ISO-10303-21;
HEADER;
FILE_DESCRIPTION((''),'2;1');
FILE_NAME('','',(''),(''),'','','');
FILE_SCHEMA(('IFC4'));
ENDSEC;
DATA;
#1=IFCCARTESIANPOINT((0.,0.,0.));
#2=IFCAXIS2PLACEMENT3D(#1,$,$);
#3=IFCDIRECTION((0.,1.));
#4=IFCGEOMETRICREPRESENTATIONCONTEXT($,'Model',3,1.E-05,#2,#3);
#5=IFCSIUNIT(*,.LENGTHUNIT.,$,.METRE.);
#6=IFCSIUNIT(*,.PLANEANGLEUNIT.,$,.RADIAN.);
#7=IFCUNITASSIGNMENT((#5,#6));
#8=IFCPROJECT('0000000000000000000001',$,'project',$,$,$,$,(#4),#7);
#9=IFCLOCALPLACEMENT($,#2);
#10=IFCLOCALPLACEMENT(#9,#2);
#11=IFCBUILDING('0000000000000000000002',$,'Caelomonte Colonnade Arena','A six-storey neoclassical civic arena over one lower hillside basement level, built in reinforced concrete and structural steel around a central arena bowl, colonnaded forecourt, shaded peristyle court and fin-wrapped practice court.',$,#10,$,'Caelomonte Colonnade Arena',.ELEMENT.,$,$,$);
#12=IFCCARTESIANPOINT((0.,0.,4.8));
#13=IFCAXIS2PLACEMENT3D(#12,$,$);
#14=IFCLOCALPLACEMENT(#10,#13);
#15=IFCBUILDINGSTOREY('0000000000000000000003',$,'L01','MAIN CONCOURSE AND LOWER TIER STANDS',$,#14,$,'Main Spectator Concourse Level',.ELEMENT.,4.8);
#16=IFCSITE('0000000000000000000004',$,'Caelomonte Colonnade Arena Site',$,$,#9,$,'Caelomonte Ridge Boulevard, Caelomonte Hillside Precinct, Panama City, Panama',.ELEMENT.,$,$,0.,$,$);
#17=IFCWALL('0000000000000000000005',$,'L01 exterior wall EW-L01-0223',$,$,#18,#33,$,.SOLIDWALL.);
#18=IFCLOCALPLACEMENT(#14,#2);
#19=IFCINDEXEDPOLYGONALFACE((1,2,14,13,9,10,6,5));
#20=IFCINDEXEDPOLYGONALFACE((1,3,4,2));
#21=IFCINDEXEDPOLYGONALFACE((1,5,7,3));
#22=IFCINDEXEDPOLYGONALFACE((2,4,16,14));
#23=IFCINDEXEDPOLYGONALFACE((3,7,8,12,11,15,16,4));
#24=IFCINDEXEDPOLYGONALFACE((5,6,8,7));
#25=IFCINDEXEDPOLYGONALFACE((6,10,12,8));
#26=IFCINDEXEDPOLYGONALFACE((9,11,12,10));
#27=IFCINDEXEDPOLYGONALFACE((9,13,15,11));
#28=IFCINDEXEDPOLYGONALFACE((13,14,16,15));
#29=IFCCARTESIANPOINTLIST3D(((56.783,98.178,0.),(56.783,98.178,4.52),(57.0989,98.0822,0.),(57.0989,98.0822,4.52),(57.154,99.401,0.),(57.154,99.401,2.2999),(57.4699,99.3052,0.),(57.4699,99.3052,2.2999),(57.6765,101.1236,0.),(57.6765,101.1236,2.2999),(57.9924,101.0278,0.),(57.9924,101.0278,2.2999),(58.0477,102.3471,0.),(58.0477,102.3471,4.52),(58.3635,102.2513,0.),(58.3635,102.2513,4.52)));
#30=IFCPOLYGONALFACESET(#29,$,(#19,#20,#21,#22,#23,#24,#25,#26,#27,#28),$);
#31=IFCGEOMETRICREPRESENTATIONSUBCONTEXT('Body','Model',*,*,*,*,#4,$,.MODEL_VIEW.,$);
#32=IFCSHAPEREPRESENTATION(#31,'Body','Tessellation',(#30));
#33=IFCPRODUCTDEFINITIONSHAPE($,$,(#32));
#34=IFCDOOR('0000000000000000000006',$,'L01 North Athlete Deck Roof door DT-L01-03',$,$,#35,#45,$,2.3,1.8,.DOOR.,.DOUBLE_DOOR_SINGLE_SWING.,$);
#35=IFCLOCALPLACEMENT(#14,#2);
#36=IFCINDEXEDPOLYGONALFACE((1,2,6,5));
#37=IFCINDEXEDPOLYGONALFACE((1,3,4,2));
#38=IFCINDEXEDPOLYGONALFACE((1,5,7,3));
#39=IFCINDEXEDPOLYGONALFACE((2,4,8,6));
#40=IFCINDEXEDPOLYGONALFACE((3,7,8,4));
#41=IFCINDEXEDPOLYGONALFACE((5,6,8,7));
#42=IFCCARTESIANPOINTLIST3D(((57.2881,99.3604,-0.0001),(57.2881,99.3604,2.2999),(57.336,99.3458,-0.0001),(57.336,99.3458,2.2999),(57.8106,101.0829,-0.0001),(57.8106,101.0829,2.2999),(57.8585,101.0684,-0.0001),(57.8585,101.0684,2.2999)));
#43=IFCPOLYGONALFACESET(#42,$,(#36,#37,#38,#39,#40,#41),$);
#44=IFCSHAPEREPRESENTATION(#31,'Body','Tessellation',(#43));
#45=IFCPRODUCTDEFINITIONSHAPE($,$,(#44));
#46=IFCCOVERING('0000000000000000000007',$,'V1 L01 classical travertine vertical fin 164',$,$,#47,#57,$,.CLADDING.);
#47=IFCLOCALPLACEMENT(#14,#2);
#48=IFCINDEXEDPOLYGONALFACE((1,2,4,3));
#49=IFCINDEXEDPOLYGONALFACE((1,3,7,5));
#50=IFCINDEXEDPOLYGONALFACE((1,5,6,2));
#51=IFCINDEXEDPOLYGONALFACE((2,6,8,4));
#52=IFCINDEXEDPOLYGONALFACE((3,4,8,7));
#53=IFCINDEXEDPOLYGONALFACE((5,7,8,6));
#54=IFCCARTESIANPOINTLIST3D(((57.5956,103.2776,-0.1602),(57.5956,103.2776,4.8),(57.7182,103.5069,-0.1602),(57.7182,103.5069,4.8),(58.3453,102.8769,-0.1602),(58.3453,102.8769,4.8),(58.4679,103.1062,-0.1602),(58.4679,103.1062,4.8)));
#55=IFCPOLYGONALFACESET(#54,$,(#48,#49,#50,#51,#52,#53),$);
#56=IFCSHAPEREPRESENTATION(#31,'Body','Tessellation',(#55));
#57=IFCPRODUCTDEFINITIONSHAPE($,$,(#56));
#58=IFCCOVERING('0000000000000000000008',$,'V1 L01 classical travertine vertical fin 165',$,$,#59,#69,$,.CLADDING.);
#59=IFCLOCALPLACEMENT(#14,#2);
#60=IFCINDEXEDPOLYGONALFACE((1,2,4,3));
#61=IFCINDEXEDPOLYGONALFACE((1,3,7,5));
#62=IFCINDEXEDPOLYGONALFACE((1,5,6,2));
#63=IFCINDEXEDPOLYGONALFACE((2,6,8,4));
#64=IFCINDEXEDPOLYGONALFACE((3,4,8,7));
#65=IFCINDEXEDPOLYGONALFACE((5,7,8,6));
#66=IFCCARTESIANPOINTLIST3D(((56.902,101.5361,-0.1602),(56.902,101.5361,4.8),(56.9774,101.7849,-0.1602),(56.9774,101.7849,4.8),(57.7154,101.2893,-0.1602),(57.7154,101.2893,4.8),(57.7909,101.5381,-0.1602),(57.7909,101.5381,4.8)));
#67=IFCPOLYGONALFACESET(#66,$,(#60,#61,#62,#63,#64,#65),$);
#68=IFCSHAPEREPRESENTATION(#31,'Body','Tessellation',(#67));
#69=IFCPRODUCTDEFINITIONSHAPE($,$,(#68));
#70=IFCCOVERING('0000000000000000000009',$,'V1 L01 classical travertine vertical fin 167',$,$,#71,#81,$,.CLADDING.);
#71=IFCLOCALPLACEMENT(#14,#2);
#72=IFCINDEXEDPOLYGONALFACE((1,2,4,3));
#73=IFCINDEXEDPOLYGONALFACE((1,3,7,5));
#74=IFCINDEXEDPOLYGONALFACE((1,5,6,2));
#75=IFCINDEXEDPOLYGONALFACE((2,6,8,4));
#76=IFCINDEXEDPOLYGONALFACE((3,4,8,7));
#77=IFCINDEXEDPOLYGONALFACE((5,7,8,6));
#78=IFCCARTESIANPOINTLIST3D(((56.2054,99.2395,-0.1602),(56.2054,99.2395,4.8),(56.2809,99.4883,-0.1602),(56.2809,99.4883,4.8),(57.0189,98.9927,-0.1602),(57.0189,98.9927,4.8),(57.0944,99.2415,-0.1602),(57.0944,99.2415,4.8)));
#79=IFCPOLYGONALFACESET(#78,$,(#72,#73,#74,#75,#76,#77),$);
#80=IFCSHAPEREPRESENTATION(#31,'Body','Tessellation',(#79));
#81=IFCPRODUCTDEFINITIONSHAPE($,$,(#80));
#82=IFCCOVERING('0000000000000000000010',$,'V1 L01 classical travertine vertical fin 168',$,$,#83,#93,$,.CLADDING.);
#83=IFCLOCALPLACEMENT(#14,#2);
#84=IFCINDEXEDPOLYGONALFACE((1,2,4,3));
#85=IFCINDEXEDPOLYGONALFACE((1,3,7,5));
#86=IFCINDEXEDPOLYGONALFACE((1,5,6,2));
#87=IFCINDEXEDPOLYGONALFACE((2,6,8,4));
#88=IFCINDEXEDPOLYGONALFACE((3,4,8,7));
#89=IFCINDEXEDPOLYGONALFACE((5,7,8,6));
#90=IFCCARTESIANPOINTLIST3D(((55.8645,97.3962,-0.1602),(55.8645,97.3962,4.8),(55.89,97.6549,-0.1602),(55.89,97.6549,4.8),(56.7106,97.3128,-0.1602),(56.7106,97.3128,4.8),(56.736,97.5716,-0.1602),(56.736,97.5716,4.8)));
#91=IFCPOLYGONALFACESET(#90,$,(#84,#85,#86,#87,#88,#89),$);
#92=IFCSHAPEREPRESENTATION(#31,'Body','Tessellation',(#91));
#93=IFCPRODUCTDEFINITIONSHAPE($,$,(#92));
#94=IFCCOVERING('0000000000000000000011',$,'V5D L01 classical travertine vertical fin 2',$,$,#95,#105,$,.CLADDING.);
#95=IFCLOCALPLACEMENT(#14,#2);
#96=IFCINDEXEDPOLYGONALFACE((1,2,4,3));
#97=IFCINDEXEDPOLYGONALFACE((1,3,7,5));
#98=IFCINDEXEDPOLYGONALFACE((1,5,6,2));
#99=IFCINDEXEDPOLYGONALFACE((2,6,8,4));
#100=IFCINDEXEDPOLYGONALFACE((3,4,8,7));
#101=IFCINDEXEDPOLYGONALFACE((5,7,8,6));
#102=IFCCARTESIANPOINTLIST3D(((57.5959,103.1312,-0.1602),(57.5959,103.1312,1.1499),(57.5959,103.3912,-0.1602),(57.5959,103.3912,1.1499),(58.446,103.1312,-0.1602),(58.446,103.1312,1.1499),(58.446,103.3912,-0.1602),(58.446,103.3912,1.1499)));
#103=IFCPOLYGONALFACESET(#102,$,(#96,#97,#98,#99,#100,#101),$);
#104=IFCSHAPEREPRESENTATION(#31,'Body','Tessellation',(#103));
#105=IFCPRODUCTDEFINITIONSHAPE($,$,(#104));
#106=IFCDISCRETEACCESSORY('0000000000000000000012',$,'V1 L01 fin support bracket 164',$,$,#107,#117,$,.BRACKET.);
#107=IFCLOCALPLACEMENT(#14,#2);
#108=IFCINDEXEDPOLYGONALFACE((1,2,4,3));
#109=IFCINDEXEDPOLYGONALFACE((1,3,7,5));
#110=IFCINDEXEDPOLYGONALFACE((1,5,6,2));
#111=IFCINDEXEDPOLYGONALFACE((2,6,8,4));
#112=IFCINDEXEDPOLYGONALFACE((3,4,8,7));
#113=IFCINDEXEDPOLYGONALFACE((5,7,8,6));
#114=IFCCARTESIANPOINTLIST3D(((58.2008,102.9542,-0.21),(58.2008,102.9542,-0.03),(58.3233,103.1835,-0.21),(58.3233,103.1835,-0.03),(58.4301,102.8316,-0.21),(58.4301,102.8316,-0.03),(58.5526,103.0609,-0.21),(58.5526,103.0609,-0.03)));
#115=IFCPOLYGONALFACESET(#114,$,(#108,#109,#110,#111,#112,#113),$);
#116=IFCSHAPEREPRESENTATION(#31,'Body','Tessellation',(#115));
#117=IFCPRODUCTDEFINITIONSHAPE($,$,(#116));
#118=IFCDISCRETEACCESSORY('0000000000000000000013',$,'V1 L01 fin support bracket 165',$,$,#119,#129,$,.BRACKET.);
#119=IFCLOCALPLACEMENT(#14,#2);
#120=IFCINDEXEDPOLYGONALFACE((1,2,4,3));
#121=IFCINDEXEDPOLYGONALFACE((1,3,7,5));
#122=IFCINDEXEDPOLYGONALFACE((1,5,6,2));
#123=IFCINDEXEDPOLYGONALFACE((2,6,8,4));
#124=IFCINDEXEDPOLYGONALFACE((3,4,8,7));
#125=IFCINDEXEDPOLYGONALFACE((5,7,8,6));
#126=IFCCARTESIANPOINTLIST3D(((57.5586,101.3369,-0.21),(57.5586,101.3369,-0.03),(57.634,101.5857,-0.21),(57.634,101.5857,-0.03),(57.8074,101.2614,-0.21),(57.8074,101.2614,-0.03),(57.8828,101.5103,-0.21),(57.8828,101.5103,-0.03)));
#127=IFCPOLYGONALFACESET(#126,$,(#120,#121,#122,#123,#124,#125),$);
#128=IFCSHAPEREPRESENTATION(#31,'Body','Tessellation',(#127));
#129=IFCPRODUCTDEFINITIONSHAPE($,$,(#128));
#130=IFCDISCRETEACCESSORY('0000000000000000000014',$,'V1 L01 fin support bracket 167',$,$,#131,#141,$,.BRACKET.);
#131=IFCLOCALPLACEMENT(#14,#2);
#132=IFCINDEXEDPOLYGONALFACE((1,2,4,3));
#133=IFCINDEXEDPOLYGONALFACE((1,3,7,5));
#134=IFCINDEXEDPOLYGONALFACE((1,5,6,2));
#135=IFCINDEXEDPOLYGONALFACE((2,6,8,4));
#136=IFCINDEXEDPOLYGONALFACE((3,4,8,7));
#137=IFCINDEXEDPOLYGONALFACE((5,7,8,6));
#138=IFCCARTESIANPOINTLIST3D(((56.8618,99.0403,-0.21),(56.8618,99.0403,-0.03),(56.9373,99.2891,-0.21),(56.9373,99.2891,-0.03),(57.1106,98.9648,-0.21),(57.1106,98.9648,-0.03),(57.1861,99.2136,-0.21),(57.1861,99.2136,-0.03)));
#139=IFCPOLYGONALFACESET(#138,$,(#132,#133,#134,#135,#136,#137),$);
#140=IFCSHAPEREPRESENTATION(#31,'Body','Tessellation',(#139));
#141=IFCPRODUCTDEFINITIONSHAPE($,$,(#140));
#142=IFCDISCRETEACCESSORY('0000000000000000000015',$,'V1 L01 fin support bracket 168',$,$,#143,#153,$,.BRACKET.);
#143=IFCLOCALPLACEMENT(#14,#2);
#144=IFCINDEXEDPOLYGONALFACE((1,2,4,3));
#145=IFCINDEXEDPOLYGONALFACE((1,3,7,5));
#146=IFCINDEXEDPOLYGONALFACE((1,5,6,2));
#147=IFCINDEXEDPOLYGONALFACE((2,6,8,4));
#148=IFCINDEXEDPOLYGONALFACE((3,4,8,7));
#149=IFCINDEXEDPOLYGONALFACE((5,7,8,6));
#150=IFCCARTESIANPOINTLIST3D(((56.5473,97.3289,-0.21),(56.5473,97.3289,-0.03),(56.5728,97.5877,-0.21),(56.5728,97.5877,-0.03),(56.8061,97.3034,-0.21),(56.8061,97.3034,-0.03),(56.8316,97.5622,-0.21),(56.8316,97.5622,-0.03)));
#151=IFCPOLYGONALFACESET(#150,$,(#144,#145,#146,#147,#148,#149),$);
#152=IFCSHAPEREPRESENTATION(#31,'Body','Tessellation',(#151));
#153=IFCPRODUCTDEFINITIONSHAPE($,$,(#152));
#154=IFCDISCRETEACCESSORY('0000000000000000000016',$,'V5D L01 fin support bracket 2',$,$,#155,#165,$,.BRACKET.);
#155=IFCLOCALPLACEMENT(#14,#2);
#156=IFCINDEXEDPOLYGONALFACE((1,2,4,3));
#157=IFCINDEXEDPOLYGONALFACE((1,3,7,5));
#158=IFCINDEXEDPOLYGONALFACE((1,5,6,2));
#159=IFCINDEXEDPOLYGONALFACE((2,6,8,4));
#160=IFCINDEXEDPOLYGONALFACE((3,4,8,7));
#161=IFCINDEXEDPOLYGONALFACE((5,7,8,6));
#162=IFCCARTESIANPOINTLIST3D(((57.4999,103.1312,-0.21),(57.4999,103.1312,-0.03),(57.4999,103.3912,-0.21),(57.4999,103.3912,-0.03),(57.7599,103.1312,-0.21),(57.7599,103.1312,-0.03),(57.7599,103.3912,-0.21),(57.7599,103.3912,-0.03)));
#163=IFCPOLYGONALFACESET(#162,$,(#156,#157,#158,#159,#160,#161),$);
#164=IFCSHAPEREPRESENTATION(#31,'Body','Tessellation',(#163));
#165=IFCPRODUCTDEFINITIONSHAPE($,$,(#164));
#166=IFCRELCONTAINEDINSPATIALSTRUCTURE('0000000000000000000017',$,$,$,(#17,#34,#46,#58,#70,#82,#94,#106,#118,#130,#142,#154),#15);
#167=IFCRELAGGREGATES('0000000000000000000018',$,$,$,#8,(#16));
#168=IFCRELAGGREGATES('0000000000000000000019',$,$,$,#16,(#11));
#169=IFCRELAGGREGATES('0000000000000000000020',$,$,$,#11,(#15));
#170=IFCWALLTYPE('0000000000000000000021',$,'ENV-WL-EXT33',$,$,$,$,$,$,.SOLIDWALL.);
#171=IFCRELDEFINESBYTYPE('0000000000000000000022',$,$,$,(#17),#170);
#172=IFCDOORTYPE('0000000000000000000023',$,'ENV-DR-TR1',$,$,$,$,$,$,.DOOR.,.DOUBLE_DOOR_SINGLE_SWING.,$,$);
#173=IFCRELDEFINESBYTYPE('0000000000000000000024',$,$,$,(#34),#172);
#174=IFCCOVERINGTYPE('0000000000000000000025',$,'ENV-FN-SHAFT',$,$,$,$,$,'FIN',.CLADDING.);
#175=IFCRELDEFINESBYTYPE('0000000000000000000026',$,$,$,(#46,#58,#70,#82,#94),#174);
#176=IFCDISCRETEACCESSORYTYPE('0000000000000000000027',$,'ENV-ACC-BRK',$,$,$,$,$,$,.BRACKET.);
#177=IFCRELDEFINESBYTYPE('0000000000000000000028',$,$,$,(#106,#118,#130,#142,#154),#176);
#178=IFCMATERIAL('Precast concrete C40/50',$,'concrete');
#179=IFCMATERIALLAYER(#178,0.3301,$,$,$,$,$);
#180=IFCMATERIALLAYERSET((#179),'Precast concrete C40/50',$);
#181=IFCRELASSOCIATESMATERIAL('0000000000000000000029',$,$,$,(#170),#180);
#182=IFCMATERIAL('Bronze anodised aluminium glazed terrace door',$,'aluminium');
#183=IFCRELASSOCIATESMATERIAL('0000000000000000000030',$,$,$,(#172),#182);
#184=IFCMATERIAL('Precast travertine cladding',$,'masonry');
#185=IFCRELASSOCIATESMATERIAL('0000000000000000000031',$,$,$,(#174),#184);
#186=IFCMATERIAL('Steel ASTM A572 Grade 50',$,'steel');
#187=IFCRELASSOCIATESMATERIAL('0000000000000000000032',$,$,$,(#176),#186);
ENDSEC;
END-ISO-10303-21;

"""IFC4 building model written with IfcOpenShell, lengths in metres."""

from ifc_helpers import new_model, si_unit, direction, frame, frame_2d, origin, origin_2d, place, context, subcontext, project, spatial, rectangle, extrude, material, layer, layer_set, material_profile, profile_set, type_object, element, fill, save


model = new_model("IFC4")

# Units and contexts
model_context = context("Model", 3, precision=1e-05, world=origin(), true_north=direction((0.0, 1.0)))
body_context = subcontext(model_context, "Body", "Model", "MODEL_VIEW")
ifc_project = project(units=[si_unit("LENGTHUNIT", "METRE"), si_unit("PLANEANGLEUNIT", "RADIAN")], contexts=[model_context])

# Site, building, storey
site_placement = place(None, origin())
site = spatial("IfcSite", under=ifc_project, at=site_placement, Name="Caelomonte Colonnade Arena Site", LongName="Caelomonte Ridge Boulevard, Caelomonte Hillside Precinct, Panama City, Panama", CompositionType="ELEMENT", RefElevation=0.0)
building_placement = place(site_placement, origin())
building = spatial("IfcBuilding", under=site, at=building_placement, Name="Caelomonte Colonnade Arena", Description="A six-storey neoclassical civic arena over one lower hillside basement level, built in reinforced concrete and structural steel around a central arena bowl, colonnaded forecourt, shaded peristyle court and fin-wrapped practice court.", LongName="Caelomonte Colonnade Arena", CompositionType="ELEMENT")
storey_placement = place(building_placement, frame((0.0, 0.0, 4.8)))
storey = spatial("IfcBuildingStorey", under=building, at=storey_placement, Name="L01", Description="MAIN CONCOURSE AND LOWER TIER STANDS", LongName="Main Spectator Concourse Level", CompositionType="ELEMENT", Elevation=4.8)

# Wall, opening, door
ifc_material_1 = material(Name="Precast concrete C40/50", Category="concrete")
ifc_layer_1 = layer(ifc_material_1, 0.3301)
ifc_layer_set_1 = layer_set([ifc_layer_1], Name="Precast concrete C40/50")
wall_type = type_object("IfcWallType", Name="ENV-WL-EXT33", PredefinedType="SOLIDWALL", material=ifc_layer_set_1)
wall_placement = place(storey_placement, frame((58.2056, 102.2991, 0.0), z_axis=(0.0, 0.0, 1.0), x_axis=(-0.290272, -0.956944, 0.0)))
wall = element("IfcWall", 1, at=wall_placement, inside=storey, type_object=wall_type, Name="L01 exterior wall EW-L01-0223", PredefinedType="SOLIDWALL", context=body_context, shape_type="SweptSolid", body=[
    extrude(rectangle(XDim=4.3567, YDim=0.3301, at=frame_2d((2.1782, 0.0))), origin(), (0.0, 0.0, 1.0), 4.52),
])
opening_placement = place(wall_placement, frame((3.0784, 0.0, 0.0), z_axis=(0.0, 0.0, 1.0), x_axis=(-1.0, 0.0, 0.0)))
opening = element("IfcOpeningElement", 2, at=opening_placement, cuts=wall, PredefinedType="OPENING", context=body_context, shape_type="SweptSolid", body=[
    extrude(rectangle(XDim=1.8, YDim=2.3, at=frame_2d((0.8999, 1.1499))), frame((0.0, 0.175, 0.0), z_axis=(0.0, -1.0, 0.0), x_axis=(1.0, 0.0, 0.0)), (0.0, 0.0, 1.0), 0.3501),
])
ifc_material_2 = material(Name="Bronze anodised aluminium glazed terrace door", Category="aluminium")
door_type = type_object("IfcDoorType", Name="ENV-DR-TR1", OperationType="DOUBLE_DOOR_SINGLE_SWING", PredefinedType="DOOR", material=ifc_material_2)
door_placement = place(opening_placement, origin())
door = element("IfcDoor", 3, at=door_placement, inside=storey, type_object=door_type, Name="L01 North Athlete Deck Roof door DT-L01-03", OperationType="DOUBLE_DOOR_SINGLE_SWING", OverallHeight=2.3, OverallWidth=1.8, PredefinedType="DOOR", context=body_context, shape_type="SweptSolid", body=[
    extrude(rectangle(XDim=1.8, YDim=2.3, at=frame_2d((0.8999, 1.1499))), frame((0.0, 0.0249, 0.0), z_axis=(0.0, -1.0, 0.0), x_axis=(1.0, 0.0, 0.0)), (0.0, 0.0, 1.0), 0.05),
])
fill(opening, door)

# Coverings
ifc_material_3 = material(Name="Precast travertine cladding", Category="masonry")
ifc_material_profile_1 = material_profile(ifc_material_3, rectangle(XDim=0.26, YDim=0.8501, at=origin_2d()), Name="FIN260X850")
ifc_profile_set_1 = profile_set([ifc_material_profile_1], Name="Precast travertine cladding")
covering_type = type_object("IfcCoveringType", Name="ENV-FN-SHAFT", ElementType="FIN", PredefinedType="CLADDING", material=ifc_profile_set_1)
for number, where, z_axis, x_axis, name in (
    (4, (58.0317, 103.1919, -0.1602), (0.0, 0.0, 1.0), (0.471397, 0.881921, 0.0), "V1 L01 classical travertine vertical fin 164"),
    (5, (57.3464, 101.5371, -0.1602), (0.0, 0.0, 1.0), (0.290276, 0.956943, 0.0), "V1 L01 classical travertine vertical fin 165"),
    (6, (56.6499, 99.2405, -0.1602), (0.0, 0.0, 1.0), (0.290276, 0.956943, 0.0), "V1 L01 classical travertine vertical fin 167"),
    (7, (56.3003, 97.4839, -0.1602), (0.0, 0.0, 1.0), (0.098015, 0.995185, 0.0), "V1 L01 classical travertine vertical fin 168"),
):
    element("IfcCovering", number, at=place(storey_placement, frame(where, z_axis=z_axis, x_axis=x_axis)), inside=storey, type_object=covering_type, Name=name, PredefinedType="CLADDING", context=body_context, shape_type="SweptSolid", body=[
        extrude(rectangle(XDim=0.26, YDim=0.8501, at=origin_2d()), origin(), (0.0, 0.0, 1.0), 4.9602),
    ])
covering_placement = place(storey_placement, frame((58.021, 103.2612, -0.1602), z_axis=(0.0, 0.0, 1.0), x_axis=(0.0, -1.0, 0.0)))
element("IfcCovering", 8, at=covering_placement, inside=storey, type_object=covering_type, Name="V5D L01 classical travertine vertical fin 2", PredefinedType="CLADDING", context=body_context, shape_type="SweptSolid", body=[
    extrude(rectangle(XDim=0.26, YDim=0.8501, at=origin_2d()), origin(), (0.0, 0.0, 1.0), 1.3101),
])

# Discrete accessories
ifc_material_4 = material(Name="Steel ASTM A572 Grade 50", Category="steel")
discrete_accessory_type = type_object("IfcDiscreteAccessoryType", Name="ENV-ACC-BRK", PredefinedType="BRACKET", material=ifc_material_4)
for number, where, z_axis, x_axis, name in (
    (9, (58.3767, 103.0076, -0.21), (0.0, 0.0, 1.0), (-0.471397, -0.881921, 0.0), "V1 L01 fin support bracket 164"),
    (10, (57.7207, 101.4236, -0.21), (0.0, 0.0, 1.0), (-0.290276, -0.956943, 0.0), "V1 L01 fin support bracket 165"),
    (11, (57.0239, 99.127, -0.21), (0.0, 0.0, 1.0), (-0.290276, -0.956943, 0.0), "V1 L01 fin support bracket 167"),
    (12, (56.6895, 97.4456, -0.21), (0.0, 0.0, 1.0), (-0.098015, -0.995185, 0.0), "V1 L01 fin support bracket 168"),
    (13, (57.6299, 103.2612, -0.21), (0.0, 0.0, 1.0), (0.0, 1.0, 0.0), "V5D L01 fin support bracket 2"),
):
    element("IfcDiscreteAccessory", number, at=place(storey_placement, frame(where, z_axis=z_axis, x_axis=x_axis)), inside=storey, type_object=discrete_accessory_type, Name=name, PredefinedType="BRACKET", context=body_context, shape_type="SweptSolid", body=[
        extrude(rectangle(XDim=0.26, YDim=0.26, at=origin_2d()), origin(), (0.0, 0.0, 1.0), 0.1799),
    ])

save(model, "model.ifc")
